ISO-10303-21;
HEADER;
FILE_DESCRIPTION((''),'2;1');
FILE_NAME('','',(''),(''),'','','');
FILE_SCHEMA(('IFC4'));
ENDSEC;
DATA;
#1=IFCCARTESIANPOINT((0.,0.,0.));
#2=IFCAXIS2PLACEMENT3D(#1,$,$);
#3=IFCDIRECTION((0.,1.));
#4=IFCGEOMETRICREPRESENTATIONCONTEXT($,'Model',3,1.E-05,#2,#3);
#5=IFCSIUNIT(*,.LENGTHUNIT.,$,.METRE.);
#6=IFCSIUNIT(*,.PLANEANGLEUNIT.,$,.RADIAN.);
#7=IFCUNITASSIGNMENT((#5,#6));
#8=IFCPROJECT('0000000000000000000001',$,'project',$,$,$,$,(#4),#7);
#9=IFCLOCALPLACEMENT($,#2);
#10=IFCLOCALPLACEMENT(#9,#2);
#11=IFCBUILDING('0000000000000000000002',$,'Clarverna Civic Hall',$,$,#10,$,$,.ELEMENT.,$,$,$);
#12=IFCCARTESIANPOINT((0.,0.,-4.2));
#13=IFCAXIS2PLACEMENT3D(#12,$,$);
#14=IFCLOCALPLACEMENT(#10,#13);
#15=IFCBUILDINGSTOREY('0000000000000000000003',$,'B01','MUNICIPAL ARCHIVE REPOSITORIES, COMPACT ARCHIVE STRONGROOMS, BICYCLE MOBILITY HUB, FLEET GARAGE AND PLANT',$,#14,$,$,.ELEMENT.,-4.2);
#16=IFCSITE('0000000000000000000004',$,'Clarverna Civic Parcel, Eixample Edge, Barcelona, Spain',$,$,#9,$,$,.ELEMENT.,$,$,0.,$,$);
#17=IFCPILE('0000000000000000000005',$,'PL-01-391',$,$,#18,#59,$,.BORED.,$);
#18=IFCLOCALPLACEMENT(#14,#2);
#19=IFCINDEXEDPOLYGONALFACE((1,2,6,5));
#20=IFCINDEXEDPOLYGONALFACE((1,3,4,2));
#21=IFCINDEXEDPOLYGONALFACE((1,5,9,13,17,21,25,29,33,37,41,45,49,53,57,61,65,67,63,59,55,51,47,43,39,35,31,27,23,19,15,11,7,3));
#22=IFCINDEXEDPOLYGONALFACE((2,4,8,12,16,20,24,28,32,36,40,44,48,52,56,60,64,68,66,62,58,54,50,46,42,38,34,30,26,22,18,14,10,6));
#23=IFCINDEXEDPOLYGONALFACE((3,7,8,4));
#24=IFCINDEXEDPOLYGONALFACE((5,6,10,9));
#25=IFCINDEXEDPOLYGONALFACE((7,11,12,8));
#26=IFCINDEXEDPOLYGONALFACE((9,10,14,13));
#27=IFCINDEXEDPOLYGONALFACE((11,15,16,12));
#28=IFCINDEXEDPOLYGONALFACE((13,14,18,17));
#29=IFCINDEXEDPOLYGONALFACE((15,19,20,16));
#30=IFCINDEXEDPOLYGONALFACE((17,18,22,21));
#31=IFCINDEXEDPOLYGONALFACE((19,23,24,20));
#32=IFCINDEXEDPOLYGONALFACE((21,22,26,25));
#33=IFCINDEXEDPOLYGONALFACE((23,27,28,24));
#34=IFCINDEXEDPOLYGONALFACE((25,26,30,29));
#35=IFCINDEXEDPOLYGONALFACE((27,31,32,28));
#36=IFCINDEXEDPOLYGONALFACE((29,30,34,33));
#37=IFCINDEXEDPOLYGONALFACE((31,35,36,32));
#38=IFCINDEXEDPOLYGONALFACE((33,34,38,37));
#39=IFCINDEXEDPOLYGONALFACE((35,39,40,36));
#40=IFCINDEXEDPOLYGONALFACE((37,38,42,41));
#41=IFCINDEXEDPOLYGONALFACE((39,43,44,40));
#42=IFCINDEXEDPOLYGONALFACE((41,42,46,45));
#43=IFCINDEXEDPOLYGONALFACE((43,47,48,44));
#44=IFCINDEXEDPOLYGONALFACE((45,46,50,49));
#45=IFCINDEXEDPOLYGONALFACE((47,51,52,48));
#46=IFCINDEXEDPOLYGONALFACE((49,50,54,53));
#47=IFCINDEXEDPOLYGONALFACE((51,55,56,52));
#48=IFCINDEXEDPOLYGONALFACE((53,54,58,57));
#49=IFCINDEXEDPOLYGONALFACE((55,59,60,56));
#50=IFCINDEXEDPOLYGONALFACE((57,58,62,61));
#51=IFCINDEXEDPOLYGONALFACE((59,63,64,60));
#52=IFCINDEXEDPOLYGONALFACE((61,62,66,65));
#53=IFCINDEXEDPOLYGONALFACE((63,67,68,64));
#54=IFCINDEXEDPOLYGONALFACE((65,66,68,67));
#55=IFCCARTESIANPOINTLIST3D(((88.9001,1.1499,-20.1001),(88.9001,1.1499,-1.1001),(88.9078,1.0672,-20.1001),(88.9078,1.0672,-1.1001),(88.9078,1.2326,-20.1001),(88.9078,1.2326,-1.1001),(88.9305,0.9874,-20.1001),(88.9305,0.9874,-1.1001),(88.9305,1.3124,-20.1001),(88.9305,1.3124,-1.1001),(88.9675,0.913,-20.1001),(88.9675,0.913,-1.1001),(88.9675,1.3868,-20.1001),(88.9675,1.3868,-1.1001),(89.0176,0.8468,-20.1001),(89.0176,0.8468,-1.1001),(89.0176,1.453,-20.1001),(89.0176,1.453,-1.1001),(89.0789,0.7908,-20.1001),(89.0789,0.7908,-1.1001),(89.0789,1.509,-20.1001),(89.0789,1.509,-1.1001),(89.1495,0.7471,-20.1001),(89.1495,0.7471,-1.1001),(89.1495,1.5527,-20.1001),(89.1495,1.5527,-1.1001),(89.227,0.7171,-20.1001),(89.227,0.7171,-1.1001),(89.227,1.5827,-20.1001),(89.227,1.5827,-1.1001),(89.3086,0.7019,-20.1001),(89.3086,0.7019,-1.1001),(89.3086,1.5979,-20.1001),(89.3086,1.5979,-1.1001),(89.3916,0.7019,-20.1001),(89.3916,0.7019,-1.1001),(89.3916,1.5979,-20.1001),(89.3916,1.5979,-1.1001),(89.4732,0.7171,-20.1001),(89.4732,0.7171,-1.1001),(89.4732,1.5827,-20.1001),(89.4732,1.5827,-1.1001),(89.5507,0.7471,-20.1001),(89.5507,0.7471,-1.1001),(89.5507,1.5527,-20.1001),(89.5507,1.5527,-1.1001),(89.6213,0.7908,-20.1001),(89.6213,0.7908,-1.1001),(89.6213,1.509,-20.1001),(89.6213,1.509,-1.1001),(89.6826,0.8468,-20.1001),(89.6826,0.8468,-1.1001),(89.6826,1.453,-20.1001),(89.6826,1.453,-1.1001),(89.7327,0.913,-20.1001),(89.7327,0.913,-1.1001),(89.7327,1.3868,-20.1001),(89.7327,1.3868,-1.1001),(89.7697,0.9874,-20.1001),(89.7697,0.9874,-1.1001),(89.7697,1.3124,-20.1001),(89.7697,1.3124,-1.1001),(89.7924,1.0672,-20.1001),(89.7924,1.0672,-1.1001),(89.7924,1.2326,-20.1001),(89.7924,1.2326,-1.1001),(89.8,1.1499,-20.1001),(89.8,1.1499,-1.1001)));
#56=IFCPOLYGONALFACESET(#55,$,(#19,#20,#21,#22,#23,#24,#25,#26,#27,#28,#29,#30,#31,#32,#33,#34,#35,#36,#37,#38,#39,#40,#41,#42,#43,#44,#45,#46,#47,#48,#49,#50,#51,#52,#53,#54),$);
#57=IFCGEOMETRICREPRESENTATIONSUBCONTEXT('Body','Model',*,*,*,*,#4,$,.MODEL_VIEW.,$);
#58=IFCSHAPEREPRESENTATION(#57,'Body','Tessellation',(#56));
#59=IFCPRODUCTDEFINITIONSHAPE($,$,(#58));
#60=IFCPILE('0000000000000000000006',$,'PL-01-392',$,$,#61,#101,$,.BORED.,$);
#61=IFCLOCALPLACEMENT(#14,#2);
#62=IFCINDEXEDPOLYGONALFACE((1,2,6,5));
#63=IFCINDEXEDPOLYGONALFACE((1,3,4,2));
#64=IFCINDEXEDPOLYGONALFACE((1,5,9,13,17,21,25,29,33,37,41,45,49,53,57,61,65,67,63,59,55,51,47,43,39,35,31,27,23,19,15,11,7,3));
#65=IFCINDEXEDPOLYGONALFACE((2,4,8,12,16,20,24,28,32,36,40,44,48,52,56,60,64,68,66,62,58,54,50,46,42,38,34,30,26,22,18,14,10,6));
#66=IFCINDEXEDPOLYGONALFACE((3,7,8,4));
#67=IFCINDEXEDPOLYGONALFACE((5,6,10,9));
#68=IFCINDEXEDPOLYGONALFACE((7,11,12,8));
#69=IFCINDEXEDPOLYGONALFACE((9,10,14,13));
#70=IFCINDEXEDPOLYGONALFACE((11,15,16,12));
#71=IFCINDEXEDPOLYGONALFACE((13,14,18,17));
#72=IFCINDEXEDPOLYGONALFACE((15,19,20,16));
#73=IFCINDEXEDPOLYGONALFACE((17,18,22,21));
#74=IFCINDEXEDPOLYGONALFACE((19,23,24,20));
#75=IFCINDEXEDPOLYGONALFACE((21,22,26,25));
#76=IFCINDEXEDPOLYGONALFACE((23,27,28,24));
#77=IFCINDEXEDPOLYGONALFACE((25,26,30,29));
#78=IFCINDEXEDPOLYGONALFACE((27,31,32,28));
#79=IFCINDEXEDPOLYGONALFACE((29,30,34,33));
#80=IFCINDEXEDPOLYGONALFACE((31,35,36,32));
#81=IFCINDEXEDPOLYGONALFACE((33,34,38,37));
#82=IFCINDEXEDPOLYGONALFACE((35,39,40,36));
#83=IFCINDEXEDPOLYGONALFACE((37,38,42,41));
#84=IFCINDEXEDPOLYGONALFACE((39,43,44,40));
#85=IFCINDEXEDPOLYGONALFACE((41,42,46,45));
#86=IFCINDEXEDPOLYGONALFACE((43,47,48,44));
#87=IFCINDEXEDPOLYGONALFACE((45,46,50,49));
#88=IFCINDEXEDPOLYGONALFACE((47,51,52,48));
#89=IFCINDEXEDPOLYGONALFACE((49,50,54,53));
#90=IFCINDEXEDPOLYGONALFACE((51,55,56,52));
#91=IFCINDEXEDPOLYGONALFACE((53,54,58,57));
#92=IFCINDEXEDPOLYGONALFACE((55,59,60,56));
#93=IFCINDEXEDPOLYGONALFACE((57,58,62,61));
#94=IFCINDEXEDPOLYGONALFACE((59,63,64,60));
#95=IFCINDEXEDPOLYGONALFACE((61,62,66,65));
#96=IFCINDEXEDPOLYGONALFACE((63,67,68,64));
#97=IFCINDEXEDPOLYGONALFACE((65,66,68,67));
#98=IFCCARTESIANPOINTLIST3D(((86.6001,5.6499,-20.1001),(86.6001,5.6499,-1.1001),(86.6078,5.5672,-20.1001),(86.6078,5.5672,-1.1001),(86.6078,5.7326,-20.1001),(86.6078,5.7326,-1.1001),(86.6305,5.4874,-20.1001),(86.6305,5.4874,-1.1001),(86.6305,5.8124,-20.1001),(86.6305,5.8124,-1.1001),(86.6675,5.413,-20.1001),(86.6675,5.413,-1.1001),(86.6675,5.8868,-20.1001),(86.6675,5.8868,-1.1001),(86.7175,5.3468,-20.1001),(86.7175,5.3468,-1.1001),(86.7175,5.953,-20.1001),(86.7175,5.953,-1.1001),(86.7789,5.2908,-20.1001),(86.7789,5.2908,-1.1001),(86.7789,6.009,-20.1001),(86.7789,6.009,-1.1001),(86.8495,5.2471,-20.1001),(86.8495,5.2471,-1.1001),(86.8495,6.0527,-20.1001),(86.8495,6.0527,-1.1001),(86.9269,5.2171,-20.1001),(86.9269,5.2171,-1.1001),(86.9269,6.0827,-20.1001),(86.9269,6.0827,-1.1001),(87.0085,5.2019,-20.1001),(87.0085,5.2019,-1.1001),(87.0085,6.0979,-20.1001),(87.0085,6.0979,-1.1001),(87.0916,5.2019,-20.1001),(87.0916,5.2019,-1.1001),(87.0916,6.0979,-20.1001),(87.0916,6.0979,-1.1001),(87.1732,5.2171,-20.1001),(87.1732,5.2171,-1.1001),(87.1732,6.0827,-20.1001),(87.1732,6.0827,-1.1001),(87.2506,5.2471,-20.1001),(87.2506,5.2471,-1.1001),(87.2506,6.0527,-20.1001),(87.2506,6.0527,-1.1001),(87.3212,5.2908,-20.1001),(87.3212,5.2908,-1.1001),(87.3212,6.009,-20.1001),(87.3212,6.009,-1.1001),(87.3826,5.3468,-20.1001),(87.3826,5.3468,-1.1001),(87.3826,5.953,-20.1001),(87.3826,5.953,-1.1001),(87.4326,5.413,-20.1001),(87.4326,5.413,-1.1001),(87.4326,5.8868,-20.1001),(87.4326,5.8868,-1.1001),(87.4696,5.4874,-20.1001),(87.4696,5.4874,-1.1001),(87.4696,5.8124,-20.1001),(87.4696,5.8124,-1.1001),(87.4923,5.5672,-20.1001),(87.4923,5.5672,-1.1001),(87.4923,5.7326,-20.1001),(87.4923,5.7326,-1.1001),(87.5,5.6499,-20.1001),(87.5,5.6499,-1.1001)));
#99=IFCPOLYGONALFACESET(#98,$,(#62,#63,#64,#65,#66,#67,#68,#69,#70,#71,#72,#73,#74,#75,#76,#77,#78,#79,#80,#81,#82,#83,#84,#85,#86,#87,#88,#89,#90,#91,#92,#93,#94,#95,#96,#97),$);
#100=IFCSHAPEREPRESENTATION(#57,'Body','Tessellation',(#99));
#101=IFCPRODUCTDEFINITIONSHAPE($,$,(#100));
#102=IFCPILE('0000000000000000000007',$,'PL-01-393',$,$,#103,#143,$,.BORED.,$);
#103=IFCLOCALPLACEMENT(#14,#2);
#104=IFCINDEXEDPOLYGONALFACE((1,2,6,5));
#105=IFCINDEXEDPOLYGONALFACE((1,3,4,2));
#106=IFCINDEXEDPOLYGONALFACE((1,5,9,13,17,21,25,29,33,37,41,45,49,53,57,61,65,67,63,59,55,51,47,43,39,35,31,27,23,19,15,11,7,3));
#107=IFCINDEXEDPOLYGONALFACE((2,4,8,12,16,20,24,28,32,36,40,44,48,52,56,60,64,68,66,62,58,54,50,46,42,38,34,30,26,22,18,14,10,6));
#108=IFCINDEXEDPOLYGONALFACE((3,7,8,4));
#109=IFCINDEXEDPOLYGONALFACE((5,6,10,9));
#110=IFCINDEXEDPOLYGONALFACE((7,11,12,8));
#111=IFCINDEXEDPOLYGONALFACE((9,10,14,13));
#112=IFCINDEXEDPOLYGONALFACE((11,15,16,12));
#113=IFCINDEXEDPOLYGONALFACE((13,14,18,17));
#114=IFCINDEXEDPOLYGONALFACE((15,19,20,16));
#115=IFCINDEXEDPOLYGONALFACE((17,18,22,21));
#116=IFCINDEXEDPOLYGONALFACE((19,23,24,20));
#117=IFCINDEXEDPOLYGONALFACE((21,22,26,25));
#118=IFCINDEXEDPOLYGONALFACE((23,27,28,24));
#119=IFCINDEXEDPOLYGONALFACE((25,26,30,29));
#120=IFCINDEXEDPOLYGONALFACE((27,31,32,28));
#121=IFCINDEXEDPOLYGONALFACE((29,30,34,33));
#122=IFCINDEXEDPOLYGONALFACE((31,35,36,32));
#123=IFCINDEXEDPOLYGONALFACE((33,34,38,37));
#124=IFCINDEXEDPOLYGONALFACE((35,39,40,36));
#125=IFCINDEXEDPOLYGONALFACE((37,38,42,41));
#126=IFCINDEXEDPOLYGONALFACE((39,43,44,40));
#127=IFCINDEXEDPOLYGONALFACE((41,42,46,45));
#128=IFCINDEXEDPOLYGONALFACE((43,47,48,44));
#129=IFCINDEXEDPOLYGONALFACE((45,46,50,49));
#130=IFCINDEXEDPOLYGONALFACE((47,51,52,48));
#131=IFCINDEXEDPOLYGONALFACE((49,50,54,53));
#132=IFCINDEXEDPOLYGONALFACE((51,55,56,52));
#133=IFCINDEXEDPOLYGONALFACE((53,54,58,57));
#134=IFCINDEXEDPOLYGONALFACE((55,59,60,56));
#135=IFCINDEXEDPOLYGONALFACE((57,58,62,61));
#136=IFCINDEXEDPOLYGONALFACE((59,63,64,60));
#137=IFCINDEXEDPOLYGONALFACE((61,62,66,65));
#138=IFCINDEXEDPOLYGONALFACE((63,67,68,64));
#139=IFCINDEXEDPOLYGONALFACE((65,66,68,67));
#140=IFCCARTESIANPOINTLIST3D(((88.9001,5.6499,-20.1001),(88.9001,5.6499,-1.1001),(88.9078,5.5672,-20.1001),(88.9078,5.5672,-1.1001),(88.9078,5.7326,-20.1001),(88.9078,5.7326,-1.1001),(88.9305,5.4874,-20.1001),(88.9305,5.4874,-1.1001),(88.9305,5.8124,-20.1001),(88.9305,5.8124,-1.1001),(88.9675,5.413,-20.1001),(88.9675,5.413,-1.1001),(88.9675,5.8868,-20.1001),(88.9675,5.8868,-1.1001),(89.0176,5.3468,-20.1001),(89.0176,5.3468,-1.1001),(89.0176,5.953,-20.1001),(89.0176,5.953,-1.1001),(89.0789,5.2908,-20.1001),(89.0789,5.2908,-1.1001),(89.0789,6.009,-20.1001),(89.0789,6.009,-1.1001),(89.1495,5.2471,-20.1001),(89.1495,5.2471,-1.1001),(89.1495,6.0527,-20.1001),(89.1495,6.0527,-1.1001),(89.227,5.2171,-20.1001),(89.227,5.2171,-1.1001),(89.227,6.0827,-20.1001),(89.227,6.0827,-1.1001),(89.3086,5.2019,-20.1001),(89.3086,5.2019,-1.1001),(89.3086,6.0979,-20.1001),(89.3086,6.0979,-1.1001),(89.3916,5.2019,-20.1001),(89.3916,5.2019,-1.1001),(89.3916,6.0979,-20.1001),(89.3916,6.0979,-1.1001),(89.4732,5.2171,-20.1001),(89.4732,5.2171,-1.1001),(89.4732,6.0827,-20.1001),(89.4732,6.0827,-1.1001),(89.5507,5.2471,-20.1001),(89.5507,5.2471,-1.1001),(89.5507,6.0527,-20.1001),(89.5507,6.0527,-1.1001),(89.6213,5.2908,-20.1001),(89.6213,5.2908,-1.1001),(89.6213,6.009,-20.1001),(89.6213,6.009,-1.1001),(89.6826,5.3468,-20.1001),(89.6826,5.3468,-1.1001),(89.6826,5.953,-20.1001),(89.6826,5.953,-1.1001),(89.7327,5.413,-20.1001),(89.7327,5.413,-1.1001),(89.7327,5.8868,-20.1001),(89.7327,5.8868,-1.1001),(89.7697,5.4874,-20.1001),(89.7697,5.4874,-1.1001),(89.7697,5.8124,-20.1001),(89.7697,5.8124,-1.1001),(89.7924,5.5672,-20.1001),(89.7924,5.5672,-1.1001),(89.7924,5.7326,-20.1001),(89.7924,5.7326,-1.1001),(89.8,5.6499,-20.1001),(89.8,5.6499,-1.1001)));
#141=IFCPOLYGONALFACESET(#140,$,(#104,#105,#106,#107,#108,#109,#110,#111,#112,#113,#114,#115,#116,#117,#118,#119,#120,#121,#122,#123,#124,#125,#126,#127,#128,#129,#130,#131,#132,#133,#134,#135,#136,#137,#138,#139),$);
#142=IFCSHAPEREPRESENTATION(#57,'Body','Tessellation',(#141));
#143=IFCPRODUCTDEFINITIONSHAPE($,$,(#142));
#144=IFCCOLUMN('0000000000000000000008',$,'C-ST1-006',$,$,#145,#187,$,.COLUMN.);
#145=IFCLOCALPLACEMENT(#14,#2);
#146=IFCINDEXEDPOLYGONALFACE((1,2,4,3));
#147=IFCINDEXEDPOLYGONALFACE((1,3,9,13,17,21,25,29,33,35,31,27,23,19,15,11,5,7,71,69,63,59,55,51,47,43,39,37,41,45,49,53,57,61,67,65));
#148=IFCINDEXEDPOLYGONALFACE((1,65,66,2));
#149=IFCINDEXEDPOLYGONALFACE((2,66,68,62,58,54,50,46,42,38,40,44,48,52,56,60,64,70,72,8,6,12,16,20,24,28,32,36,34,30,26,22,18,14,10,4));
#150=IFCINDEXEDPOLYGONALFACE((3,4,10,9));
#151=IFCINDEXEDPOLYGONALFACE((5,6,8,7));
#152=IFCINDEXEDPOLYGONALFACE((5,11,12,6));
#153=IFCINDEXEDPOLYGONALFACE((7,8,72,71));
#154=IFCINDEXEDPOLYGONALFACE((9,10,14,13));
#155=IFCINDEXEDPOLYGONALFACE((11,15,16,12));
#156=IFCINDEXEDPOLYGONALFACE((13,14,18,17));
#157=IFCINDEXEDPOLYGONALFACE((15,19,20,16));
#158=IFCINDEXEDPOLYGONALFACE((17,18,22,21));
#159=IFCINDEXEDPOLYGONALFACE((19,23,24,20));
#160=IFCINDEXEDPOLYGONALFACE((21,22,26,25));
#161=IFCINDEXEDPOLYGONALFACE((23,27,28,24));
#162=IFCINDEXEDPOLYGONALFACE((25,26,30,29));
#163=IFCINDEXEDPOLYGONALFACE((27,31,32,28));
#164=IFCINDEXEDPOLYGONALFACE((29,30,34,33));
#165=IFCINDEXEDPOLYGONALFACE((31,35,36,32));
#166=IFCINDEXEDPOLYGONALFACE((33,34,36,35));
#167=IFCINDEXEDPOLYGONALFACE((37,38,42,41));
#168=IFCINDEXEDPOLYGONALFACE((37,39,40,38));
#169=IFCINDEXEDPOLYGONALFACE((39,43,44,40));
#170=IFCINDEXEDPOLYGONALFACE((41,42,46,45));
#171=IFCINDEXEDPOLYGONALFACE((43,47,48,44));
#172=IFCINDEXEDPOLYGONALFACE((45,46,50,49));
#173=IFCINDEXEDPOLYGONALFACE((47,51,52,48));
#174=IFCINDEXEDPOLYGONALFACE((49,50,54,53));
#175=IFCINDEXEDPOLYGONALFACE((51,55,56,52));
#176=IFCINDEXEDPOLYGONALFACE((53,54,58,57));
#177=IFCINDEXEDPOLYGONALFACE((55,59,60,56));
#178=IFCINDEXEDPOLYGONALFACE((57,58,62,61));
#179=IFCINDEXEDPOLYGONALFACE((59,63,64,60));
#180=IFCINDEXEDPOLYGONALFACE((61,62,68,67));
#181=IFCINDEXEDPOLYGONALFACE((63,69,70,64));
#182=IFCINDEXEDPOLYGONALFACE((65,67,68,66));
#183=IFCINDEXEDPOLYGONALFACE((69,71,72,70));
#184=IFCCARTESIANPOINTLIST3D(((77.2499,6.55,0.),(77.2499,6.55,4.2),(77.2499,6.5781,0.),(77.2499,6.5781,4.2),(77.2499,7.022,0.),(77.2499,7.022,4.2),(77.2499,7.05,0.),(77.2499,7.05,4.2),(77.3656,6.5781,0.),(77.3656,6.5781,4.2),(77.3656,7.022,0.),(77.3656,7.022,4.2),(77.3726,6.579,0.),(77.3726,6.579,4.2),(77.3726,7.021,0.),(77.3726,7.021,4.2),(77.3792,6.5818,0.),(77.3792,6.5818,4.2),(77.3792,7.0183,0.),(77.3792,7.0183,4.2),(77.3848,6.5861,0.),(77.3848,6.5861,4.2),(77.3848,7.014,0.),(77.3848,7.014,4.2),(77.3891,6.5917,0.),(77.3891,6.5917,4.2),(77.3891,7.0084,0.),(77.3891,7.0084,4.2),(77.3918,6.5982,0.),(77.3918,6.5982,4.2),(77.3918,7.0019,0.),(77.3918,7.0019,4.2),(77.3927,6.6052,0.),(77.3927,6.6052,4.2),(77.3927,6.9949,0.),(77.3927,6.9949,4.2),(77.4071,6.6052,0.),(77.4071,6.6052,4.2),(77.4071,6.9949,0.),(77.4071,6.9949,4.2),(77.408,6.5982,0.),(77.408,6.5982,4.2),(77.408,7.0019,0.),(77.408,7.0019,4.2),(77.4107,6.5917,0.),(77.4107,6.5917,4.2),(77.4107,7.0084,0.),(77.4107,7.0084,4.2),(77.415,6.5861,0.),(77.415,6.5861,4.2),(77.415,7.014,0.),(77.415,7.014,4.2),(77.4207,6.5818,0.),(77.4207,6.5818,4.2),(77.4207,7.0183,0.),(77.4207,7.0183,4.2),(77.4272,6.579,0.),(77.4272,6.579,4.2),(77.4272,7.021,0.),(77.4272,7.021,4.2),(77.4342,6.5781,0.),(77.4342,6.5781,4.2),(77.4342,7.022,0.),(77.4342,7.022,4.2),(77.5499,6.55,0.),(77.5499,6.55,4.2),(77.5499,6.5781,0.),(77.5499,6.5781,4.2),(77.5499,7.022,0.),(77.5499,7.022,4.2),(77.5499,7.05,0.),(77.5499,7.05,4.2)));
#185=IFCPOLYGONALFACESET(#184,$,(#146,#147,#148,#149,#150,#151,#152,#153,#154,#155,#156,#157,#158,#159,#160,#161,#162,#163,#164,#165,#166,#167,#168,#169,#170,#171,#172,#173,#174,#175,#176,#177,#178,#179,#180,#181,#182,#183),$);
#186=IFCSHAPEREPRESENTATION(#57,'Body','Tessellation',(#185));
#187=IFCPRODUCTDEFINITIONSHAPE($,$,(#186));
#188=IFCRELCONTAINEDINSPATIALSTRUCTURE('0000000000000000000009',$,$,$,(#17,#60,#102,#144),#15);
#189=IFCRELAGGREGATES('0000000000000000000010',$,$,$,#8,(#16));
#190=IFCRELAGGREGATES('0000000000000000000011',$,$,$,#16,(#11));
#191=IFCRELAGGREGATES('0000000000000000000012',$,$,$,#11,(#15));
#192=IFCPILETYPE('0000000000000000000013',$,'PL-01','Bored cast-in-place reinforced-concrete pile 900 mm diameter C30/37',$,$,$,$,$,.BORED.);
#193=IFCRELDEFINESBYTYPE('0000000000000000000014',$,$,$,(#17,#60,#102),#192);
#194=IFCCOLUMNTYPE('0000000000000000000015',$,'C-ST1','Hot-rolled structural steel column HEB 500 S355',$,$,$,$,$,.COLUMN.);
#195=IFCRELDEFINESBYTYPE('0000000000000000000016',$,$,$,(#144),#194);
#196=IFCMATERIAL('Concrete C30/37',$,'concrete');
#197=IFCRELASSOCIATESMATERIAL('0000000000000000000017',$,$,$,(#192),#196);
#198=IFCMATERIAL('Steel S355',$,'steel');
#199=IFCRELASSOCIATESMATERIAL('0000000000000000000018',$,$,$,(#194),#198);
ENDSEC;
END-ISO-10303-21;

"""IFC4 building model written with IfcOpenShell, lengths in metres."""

from ifc_helpers import new_model, si_unit, direction, frame, origin, origin_2d, place, context, subcontext, project, spatial, circle, i_section, extrude, material, material_profile, profile_set, type_object, element, save


model = new_model("IFC4")

# Units and contexts
model_context = context("Model", 3, precision=1e-05, world=origin(), true_north=direction((0.0, 1.0)))
body_context = subcontext(model_context, "Body", "Model", "MODEL_VIEW")
ifc_project = project(units=[si_unit("LENGTHUNIT", "METRE"), si_unit("PLANEANGLEUNIT", "RADIAN")], contexts=[model_context])

# Site, building, storey
site_placement = place(None, origin())
site = spatial("IfcSite", under=ifc_project, at=site_placement, Name="Clarverna Civic Parcel, Eixample Edge, Barcelona, Spain", CompositionType="ELEMENT", RefElevation=0.0)
building_placement = place(site_placement, origin())
building = spatial("IfcBuilding", under=site, at=building_placement, Name="Clarverna Civic Hall", CompositionType="ELEMENT")
storey_placement = place(building_placement, frame((0.0, 0.0, -4.2)))
storey = spatial("IfcBuildingStorey", under=building, at=storey_placement, Name="B01", Description="MUNICIPAL ARCHIVE REPOSITORIES, COMPACT ARCHIVE STRONGROOMS, BICYCLE MOBILITY HUB, FLEET GARAGE AND PLANT", CompositionType="ELEMENT", Elevation=-4.2)

# Shared definitions
ifc_material_1 = material(Name="Concrete C30/37", Category="concrete")

# Piles
ifc_material_profile_1 = material_profile(ifc_material_1, circle(Radius=0.45, at=origin_2d()), Name="BORED PILE D900")
ifc_profile_set_1 = profile_set([ifc_material_profile_1], Name="Concrete C30/37")
pile_type = type_object("IfcPileType", Name="PL-01", Description="Bored cast-in-place reinforced-concrete pile 900 mm diameter C30/37", PredefinedType="BORED", material=ifc_profile_set_1)
for number, where, z_axis, x_axis, name in (
    (1, (89.3501, 1.1499, -1.1001), (0.0, 0.0, -1.0), (1.0, 0.0, 0.0), "PL-01-391"),
    (2, (87.05, 5.6499, -1.1001), (0.0, 0.0, -1.0), (1.0, 0.0, 0.0), "PL-01-392"),
    (3, (89.3501, 5.6499, -1.1001), (0.0, 0.0, -1.0), (1.0, 0.0, 0.0), "PL-01-393"),
):
    element("IfcPile", number, at=place(storey_placement, frame(where, z_axis=z_axis, x_axis=x_axis)), inside=storey, type_object=pile_type, Name=name, PredefinedType="BORED", context=body_context, shape_type="SweptSolid", body=[
        extrude(circle(Radius=0.45, at=origin_2d()), origin(), (0.0, 0.0, 1.0), 19.0),
    ])

# Column
ifc_material_2 = material(Name="Steel S355", Category="steel")
ifc_material_profile_2 = material_profile(ifc_material_2, i_section(OverallWidth=0.3, OverallDepth=0.5, WebThickness=0.0144, FlangeThickness=0.0281, FilletRadius=0.0271, at=origin_2d()), Name="HEB 500")
ifc_profile_set_2 = profile_set([ifc_material_profile_2], Name="Steel S355")
column_type = type_object("IfcColumnType", Name="C-ST1", Description="Hot-rolled structural steel column HEB 500 S355", PredefinedType="COLUMN", material=ifc_profile_set_2)
for number, where, z_axis, x_axis, name in (
    (4, (77.3999, 6.8, 0.0), (0.0, 0.0, 1.0), (1.0, 0.0, 0.0), "C-ST1-006"),
):
    element("IfcColumn", number, at=place(storey_placement, frame(where, z_axis=z_axis, x_axis=x_axis)), inside=storey, type_object=column_type, Name=name, PredefinedType="COLUMN", context=body_context, shape_type="SweptSolid", body=[
        extrude(i_section(OverallWidth=0.3, OverallDepth=0.5, WebThickness=0.0144, FlangeThickness=0.0281, FilletRadius=0.0271, at=origin_2d()), origin(), (0.0, 0.0, 1.0), 4.2),
    ])

save(model, "model.ifc")
